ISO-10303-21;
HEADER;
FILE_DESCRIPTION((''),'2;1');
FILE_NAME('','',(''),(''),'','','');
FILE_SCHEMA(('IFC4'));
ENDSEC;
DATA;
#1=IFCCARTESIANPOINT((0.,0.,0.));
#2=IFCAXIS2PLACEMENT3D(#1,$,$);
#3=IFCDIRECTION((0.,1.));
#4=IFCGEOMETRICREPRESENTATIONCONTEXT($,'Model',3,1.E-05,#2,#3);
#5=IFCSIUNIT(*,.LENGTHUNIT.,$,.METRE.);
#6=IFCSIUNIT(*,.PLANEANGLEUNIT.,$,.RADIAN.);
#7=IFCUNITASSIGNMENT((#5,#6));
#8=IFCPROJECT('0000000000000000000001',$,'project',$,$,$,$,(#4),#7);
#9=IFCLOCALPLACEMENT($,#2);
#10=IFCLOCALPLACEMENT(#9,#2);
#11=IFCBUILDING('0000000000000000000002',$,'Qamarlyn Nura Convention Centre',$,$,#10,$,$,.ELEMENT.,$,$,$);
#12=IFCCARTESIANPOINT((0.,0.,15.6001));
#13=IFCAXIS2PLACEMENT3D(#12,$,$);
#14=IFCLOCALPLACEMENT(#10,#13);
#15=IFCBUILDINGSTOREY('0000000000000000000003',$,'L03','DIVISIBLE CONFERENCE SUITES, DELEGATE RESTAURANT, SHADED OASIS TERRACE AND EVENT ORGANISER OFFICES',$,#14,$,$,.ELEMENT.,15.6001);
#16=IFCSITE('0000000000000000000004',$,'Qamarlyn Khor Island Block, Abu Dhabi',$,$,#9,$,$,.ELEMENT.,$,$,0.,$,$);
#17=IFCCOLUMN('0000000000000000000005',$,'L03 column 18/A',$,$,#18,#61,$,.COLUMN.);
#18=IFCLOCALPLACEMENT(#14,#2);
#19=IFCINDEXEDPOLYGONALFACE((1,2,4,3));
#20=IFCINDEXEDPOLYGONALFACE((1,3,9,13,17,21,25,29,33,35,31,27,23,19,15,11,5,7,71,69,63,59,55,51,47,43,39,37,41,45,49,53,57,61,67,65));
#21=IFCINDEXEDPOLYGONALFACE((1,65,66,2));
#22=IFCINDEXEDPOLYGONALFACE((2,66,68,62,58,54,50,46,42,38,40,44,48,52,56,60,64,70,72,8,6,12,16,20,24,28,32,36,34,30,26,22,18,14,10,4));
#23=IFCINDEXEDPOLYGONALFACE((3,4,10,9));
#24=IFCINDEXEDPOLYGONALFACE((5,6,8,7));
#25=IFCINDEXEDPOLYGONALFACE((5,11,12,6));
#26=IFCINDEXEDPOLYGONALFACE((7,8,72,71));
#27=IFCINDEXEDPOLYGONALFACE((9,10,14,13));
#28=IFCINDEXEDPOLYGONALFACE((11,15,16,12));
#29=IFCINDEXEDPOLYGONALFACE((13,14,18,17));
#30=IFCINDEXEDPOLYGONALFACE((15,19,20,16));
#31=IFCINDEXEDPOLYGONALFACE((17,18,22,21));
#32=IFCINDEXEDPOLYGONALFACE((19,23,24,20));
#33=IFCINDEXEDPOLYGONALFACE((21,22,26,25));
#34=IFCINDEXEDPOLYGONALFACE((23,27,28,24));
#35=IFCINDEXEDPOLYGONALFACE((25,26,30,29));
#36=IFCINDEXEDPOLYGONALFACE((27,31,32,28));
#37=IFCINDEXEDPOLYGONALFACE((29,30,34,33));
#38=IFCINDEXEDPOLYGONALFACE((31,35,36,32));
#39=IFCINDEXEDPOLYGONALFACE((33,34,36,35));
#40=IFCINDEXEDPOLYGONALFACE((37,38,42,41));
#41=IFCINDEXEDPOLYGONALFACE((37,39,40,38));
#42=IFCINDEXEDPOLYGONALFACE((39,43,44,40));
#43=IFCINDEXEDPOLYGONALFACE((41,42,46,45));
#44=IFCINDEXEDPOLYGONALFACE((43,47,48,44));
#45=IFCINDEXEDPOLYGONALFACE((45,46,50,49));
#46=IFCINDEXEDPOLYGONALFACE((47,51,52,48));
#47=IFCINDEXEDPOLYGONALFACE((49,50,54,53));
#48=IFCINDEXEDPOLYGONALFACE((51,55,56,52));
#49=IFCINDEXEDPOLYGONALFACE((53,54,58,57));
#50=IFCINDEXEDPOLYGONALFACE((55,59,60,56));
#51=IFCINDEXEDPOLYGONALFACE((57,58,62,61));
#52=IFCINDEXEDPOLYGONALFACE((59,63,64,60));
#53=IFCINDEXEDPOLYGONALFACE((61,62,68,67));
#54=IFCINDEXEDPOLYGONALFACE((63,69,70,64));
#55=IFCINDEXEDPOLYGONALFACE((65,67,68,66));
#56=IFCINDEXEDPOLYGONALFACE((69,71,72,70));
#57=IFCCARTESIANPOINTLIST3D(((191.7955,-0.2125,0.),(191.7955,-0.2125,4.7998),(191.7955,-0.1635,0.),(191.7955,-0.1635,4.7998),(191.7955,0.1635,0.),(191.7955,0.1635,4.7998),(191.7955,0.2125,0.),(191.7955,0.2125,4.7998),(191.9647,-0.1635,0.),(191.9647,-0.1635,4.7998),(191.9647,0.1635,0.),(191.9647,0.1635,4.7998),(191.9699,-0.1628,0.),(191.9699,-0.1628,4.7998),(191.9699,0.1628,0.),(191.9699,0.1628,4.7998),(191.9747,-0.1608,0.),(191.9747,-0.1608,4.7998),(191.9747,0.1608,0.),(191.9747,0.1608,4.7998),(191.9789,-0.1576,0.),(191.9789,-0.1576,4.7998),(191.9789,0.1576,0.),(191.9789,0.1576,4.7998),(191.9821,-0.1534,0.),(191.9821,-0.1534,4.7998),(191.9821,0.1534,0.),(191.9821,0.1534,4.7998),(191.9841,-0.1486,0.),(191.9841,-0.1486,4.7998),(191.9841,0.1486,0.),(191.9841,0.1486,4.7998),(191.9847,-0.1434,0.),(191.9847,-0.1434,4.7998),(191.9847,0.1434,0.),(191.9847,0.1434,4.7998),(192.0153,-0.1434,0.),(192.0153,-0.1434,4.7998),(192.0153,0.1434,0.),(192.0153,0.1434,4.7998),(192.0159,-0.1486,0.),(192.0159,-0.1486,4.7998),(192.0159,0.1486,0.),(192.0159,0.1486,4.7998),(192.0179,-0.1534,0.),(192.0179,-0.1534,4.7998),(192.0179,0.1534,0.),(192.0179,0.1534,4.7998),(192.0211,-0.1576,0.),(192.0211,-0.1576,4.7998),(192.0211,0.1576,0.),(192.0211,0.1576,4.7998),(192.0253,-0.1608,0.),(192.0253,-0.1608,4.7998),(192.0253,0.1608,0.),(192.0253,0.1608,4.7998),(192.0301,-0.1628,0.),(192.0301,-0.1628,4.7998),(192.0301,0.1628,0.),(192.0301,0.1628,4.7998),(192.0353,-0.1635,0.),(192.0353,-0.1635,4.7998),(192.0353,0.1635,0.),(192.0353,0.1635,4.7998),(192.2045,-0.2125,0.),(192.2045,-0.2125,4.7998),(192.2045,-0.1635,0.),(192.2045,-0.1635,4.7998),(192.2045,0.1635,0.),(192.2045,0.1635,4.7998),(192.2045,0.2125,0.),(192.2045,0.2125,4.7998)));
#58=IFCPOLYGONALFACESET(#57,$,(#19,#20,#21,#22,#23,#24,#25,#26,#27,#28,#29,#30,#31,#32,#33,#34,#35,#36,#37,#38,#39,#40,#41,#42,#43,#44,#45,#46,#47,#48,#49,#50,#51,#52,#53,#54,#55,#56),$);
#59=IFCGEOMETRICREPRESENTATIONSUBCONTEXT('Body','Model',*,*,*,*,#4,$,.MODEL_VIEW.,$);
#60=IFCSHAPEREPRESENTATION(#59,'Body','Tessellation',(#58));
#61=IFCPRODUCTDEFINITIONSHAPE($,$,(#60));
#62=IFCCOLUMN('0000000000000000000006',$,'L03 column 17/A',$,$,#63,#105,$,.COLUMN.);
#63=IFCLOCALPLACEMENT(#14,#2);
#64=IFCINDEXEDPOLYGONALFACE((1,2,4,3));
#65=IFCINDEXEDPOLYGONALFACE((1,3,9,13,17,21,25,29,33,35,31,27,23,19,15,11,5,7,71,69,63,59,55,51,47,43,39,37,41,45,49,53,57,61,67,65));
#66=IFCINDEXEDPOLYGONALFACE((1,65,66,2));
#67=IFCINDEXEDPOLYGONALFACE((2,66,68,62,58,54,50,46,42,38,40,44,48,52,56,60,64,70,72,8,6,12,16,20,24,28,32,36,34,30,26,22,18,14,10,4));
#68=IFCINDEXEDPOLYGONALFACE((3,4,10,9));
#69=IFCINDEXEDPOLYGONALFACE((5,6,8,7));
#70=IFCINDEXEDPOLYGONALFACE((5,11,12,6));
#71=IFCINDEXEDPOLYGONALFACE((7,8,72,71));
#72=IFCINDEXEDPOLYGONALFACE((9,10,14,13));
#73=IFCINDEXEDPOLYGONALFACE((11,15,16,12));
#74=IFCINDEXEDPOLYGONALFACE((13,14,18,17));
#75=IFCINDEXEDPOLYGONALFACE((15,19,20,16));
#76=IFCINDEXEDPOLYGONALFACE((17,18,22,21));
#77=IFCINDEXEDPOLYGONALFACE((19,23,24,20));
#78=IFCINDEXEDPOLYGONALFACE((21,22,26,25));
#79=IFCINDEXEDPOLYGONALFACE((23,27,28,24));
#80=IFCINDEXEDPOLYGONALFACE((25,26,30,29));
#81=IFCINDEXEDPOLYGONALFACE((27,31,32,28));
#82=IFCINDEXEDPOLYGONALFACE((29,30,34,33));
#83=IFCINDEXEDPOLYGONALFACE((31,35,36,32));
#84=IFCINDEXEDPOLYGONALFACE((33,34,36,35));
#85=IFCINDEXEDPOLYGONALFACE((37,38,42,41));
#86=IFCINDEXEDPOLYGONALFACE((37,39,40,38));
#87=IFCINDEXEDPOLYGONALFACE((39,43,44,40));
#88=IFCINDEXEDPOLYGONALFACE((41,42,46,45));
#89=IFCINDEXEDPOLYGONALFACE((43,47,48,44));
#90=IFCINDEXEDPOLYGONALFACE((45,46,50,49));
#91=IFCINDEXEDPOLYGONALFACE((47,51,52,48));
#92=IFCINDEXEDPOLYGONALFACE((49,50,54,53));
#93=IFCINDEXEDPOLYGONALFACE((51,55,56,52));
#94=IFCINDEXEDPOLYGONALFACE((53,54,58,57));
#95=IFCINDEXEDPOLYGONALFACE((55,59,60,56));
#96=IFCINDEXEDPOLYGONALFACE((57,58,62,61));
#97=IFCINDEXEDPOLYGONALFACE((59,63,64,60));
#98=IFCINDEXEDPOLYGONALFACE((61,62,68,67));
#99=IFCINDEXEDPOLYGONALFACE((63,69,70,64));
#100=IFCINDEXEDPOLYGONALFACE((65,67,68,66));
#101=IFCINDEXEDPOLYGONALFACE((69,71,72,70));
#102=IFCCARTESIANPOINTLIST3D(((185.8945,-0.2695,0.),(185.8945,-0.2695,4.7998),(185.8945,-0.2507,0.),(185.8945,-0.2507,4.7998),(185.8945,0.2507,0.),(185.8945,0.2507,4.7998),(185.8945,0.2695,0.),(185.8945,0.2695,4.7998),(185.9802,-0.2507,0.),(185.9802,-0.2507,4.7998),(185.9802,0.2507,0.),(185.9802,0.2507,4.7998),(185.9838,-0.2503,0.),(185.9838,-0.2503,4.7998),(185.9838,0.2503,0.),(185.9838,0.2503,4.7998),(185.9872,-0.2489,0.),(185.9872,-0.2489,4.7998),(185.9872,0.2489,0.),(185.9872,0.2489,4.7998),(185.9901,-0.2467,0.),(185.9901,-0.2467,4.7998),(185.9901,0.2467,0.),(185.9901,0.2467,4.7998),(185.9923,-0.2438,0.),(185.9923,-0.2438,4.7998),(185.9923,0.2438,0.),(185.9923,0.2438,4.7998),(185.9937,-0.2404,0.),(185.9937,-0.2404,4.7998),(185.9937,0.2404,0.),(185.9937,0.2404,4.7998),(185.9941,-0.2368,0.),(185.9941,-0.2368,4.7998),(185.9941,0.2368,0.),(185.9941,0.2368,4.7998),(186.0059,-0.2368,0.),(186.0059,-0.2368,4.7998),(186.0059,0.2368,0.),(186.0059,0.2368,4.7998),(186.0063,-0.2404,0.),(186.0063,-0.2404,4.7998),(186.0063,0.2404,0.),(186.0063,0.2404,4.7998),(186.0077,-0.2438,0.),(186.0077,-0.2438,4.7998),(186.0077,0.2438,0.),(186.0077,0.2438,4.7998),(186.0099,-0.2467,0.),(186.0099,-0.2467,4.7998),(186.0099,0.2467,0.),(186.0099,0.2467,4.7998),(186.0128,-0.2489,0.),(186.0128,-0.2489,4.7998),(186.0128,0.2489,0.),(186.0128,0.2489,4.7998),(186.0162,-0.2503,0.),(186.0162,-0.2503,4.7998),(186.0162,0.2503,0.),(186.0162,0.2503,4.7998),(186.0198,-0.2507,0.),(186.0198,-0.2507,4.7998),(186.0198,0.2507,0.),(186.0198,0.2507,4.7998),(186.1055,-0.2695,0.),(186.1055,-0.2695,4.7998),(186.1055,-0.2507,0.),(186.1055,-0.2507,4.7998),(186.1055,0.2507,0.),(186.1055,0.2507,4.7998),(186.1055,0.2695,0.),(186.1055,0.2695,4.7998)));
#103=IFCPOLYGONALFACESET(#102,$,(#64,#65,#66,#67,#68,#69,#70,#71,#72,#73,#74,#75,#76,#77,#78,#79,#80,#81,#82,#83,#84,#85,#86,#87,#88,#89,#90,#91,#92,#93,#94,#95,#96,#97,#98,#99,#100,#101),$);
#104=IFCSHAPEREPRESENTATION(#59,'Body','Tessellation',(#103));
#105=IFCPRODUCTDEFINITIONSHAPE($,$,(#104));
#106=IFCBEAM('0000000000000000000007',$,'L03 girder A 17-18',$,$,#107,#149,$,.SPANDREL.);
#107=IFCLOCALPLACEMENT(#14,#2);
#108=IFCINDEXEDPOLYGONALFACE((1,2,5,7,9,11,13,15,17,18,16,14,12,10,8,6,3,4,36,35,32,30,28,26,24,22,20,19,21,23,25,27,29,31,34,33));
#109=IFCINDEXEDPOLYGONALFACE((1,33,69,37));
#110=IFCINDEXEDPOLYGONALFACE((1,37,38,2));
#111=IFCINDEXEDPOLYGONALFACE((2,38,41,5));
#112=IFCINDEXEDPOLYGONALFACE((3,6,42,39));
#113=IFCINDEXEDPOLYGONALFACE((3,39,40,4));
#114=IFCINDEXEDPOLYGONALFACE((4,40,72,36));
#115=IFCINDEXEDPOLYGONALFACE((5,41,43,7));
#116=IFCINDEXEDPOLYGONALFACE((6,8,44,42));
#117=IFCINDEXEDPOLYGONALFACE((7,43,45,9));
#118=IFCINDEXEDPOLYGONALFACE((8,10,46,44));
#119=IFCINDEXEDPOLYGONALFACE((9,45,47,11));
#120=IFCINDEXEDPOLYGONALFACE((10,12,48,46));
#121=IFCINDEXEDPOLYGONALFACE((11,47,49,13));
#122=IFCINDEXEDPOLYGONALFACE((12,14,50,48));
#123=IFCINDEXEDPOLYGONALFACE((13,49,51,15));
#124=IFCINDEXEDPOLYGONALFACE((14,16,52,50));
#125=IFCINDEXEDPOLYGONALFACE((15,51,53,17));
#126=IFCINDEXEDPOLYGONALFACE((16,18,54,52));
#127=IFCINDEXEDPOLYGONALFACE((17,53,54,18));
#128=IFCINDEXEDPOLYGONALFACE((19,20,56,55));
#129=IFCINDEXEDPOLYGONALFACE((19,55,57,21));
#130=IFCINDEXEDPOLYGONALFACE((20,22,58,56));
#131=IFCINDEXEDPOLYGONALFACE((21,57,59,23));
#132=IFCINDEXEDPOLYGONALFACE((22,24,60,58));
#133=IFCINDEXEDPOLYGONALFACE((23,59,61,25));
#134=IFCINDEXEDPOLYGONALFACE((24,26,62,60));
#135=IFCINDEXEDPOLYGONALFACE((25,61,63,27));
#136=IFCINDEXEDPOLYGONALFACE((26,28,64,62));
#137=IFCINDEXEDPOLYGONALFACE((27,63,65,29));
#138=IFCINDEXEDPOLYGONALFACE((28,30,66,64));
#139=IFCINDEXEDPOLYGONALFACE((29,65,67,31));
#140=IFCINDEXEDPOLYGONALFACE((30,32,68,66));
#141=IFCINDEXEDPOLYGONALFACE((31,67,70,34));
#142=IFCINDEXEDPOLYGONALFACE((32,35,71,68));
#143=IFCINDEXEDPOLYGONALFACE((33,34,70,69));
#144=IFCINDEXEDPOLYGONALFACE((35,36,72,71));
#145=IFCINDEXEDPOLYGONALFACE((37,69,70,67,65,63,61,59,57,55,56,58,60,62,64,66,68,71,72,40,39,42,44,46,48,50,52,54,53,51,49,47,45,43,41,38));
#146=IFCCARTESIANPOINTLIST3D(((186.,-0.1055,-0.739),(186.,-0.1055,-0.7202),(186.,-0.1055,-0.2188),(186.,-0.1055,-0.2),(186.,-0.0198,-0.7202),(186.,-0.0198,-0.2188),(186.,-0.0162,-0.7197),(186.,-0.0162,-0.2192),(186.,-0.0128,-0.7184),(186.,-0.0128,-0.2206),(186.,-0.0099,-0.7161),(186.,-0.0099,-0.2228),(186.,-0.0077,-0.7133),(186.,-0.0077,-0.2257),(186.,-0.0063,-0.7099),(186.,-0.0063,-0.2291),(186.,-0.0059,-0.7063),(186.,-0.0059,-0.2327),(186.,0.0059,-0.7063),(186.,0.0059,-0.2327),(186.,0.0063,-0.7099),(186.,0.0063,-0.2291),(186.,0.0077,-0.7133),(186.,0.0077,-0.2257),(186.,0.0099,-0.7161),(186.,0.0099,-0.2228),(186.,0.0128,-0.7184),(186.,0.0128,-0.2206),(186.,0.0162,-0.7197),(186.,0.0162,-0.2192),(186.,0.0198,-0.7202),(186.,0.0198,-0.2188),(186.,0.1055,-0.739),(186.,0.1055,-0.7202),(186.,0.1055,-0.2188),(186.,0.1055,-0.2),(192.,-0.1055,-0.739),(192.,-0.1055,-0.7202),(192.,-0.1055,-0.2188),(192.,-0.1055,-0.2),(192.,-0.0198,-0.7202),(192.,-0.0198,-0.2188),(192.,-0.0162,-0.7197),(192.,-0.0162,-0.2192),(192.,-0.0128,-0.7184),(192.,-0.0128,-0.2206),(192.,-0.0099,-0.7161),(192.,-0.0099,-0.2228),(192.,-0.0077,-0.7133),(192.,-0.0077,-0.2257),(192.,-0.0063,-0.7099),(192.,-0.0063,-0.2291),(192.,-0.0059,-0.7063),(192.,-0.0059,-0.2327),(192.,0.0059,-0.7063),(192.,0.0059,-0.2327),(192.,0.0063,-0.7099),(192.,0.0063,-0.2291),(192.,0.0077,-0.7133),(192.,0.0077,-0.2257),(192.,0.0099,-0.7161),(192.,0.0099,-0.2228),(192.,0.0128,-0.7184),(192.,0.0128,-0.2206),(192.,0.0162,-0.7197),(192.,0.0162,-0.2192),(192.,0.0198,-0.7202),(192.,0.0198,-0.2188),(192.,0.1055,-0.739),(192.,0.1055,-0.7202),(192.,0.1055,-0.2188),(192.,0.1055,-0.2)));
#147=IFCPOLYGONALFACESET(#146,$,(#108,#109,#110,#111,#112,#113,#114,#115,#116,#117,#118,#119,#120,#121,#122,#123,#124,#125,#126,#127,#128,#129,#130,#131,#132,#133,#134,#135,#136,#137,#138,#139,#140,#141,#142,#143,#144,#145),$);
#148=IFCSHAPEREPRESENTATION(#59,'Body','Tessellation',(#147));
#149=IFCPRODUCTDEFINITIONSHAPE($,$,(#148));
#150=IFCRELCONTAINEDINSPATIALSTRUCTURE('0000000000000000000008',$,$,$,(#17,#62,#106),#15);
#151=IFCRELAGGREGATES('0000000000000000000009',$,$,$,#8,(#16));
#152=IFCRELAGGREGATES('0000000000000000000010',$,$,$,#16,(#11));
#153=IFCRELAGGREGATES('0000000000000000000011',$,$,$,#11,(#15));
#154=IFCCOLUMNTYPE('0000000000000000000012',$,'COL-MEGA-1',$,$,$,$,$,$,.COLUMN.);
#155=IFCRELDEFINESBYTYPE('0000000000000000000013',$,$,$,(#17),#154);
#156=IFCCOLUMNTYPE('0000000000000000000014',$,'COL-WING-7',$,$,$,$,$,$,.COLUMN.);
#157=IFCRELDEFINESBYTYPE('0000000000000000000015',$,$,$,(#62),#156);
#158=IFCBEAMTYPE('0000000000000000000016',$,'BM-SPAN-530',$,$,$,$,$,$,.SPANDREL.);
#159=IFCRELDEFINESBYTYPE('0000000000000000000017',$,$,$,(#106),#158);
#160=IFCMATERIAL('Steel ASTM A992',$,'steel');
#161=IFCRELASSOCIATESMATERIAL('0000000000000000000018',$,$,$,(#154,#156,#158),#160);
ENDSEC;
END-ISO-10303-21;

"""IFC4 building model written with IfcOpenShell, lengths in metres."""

from ifc_helpers import new_model, si_unit, direction, frame, origin, origin_2d, place, context, subcontext, project, spatial, i_section, extrude, material, material_profile, profile_set, type_object, element, save


model = new_model("IFC4")

# Units and contexts
model_context = context("Model", 3, precision=1e-05, world=origin(), true_north=direction((0.0, 1.0)))
body_context = subcontext(model_context, "Body", "Model", "MODEL_VIEW")
ifc_project = project(units=[si_unit("LENGTHUNIT", "METRE"), si_unit("PLANEANGLEUNIT", "RADIAN")], contexts=[model_context])

# Site, building, storey
site_placement = place(None, origin())
site = spatial("IfcSite", under=ifc_project, at=site_placement, Name="Qamarlyn Khor Island Block, Abu Dhabi", CompositionType="ELEMENT", RefElevation=0.0)
building_placement = place(site_placement, origin())
building = spatial("IfcBuilding", under=site, at=building_placement, Name="Qamarlyn Nura Convention Centre", CompositionType="ELEMENT")
storey_placement = place(building_placement, frame((0.0, 0.0, 15.6001)))
storey = spatial("IfcBuildingStorey", under=building, at=storey_placement, Name="L03", Description="DIVISIBLE CONFERENCE SUITES, DELEGATE RESTAURANT, SHADED OASIS TERRACE AND EVENT ORGANISER OFFICES", CompositionType="ELEMENT", Elevation=15.6001)

# Columns
ifc_material_1 = material(Name="Steel ASTM A992", Category="steel")
ifc_material_profile_1 = material_profile(ifc_material_1, i_section(OverallWidth=0.4089, OverallDepth=0.425, WebThickness=0.0305, FlangeThickness=0.0491, FilletRadius=0.02, at=origin_2d()), Name="W360X421")
ifc_profile_set_1 = profile_set([ifc_material_profile_1], Name="Steel ASTM A992")
column_type_1 = type_object("IfcColumnType", Name="COL-MEGA-1", PredefinedType="COLUMN", material=ifc_profile_set_1)
column_1_placement = place(storey_placement, frame((192.0, 0.0, 0.0), z_axis=(0.0, 0.0, 1.0), x_axis=(1.0, 0.0, 0.0)))
element("IfcColumn", 1, at=column_1_placement, inside=storey, type_object=column_type_1, Name="L03 column 18/A", PredefinedType="COLUMN", context=body_context, shape_type="SweptSolid", body=[
    extrude(i_section(OverallWidth=0.4089, OverallDepth=0.425, WebThickness=0.0305, FlangeThickness=0.0491, FilletRadius=0.02, at=origin_2d()), origin(), (0.0, 0.0, 1.0), 4.7998),
])
ifc_material_profile_2 = material_profile(ifc_material_1, i_section(OverallWidth=0.2109, OverallDepth=0.5391, WebThickness=0.0117, FlangeThickness=0.0188, FilletRadius=0.0139, at=origin_2d()), Name="W530X109")
ifc_profile_set_2 = profile_set([ifc_material_profile_2], Name="Steel ASTM A992")
column_type_2 = type_object("IfcColumnType", Name="COL-WING-7", PredefinedType="COLUMN", material=ifc_profile_set_2)
column_2_placement = place(storey_placement, frame((186.0, 0.0, 0.0), z_axis=(0.0, 0.0, 1.0), x_axis=(1.0, 0.0, 0.0)))
element("IfcColumn", 2, at=column_2_placement, inside=storey, type_object=column_type_2, Name="L03 column 17/A", PredefinedType="COLUMN", context=body_context, shape_type="SweptSolid", body=[
    extrude(i_section(OverallWidth=0.2109, OverallDepth=0.5391, WebThickness=0.0117, FlangeThickness=0.0188, FilletRadius=0.0139, at=origin_2d()), origin(), (0.0, 0.0, 1.0), 4.7998),
])

# Beam
ifc_material_profile_3 = material_profile(ifc_material_1, i_section(OverallWidth=0.2109, OverallDepth=0.5391, WebThickness=0.0117, FlangeThickness=0.0188, FilletRadius=0.0139, at=origin_2d()), Name="W530X109")
ifc_profile_set_3 = profile_set([ifc_material_profile_3], Name="Steel ASTM A992")
beam_type_1 = type_object("IfcBeamType", Name="BM-SPAN-530", PredefinedType="SPANDREL", material=ifc_profile_set_3)
beam_1_placement = place(storey_placement, frame((186.0, 0.0, -0.4695), z_axis=(1.0, 0.0, 0.0), x_axis=(0.0, 1.0, 0.0)))
element("IfcBeam", 3, at=beam_1_placement, inside=storey, type_object=beam_type_1, Name="L03 girder A 17-18", PredefinedType="SPANDREL", context=body_context, shape_type="SweptSolid", body=[
    extrude(i_section(OverallWidth=0.2109, OverallDepth=0.5391, WebThickness=0.0117, FlangeThickness=0.0188, FilletRadius=0.0139, at=origin_2d()), origin(), (0.0, 0.0, 1.0), 6.0),
])

save(model, "model.ifc")
